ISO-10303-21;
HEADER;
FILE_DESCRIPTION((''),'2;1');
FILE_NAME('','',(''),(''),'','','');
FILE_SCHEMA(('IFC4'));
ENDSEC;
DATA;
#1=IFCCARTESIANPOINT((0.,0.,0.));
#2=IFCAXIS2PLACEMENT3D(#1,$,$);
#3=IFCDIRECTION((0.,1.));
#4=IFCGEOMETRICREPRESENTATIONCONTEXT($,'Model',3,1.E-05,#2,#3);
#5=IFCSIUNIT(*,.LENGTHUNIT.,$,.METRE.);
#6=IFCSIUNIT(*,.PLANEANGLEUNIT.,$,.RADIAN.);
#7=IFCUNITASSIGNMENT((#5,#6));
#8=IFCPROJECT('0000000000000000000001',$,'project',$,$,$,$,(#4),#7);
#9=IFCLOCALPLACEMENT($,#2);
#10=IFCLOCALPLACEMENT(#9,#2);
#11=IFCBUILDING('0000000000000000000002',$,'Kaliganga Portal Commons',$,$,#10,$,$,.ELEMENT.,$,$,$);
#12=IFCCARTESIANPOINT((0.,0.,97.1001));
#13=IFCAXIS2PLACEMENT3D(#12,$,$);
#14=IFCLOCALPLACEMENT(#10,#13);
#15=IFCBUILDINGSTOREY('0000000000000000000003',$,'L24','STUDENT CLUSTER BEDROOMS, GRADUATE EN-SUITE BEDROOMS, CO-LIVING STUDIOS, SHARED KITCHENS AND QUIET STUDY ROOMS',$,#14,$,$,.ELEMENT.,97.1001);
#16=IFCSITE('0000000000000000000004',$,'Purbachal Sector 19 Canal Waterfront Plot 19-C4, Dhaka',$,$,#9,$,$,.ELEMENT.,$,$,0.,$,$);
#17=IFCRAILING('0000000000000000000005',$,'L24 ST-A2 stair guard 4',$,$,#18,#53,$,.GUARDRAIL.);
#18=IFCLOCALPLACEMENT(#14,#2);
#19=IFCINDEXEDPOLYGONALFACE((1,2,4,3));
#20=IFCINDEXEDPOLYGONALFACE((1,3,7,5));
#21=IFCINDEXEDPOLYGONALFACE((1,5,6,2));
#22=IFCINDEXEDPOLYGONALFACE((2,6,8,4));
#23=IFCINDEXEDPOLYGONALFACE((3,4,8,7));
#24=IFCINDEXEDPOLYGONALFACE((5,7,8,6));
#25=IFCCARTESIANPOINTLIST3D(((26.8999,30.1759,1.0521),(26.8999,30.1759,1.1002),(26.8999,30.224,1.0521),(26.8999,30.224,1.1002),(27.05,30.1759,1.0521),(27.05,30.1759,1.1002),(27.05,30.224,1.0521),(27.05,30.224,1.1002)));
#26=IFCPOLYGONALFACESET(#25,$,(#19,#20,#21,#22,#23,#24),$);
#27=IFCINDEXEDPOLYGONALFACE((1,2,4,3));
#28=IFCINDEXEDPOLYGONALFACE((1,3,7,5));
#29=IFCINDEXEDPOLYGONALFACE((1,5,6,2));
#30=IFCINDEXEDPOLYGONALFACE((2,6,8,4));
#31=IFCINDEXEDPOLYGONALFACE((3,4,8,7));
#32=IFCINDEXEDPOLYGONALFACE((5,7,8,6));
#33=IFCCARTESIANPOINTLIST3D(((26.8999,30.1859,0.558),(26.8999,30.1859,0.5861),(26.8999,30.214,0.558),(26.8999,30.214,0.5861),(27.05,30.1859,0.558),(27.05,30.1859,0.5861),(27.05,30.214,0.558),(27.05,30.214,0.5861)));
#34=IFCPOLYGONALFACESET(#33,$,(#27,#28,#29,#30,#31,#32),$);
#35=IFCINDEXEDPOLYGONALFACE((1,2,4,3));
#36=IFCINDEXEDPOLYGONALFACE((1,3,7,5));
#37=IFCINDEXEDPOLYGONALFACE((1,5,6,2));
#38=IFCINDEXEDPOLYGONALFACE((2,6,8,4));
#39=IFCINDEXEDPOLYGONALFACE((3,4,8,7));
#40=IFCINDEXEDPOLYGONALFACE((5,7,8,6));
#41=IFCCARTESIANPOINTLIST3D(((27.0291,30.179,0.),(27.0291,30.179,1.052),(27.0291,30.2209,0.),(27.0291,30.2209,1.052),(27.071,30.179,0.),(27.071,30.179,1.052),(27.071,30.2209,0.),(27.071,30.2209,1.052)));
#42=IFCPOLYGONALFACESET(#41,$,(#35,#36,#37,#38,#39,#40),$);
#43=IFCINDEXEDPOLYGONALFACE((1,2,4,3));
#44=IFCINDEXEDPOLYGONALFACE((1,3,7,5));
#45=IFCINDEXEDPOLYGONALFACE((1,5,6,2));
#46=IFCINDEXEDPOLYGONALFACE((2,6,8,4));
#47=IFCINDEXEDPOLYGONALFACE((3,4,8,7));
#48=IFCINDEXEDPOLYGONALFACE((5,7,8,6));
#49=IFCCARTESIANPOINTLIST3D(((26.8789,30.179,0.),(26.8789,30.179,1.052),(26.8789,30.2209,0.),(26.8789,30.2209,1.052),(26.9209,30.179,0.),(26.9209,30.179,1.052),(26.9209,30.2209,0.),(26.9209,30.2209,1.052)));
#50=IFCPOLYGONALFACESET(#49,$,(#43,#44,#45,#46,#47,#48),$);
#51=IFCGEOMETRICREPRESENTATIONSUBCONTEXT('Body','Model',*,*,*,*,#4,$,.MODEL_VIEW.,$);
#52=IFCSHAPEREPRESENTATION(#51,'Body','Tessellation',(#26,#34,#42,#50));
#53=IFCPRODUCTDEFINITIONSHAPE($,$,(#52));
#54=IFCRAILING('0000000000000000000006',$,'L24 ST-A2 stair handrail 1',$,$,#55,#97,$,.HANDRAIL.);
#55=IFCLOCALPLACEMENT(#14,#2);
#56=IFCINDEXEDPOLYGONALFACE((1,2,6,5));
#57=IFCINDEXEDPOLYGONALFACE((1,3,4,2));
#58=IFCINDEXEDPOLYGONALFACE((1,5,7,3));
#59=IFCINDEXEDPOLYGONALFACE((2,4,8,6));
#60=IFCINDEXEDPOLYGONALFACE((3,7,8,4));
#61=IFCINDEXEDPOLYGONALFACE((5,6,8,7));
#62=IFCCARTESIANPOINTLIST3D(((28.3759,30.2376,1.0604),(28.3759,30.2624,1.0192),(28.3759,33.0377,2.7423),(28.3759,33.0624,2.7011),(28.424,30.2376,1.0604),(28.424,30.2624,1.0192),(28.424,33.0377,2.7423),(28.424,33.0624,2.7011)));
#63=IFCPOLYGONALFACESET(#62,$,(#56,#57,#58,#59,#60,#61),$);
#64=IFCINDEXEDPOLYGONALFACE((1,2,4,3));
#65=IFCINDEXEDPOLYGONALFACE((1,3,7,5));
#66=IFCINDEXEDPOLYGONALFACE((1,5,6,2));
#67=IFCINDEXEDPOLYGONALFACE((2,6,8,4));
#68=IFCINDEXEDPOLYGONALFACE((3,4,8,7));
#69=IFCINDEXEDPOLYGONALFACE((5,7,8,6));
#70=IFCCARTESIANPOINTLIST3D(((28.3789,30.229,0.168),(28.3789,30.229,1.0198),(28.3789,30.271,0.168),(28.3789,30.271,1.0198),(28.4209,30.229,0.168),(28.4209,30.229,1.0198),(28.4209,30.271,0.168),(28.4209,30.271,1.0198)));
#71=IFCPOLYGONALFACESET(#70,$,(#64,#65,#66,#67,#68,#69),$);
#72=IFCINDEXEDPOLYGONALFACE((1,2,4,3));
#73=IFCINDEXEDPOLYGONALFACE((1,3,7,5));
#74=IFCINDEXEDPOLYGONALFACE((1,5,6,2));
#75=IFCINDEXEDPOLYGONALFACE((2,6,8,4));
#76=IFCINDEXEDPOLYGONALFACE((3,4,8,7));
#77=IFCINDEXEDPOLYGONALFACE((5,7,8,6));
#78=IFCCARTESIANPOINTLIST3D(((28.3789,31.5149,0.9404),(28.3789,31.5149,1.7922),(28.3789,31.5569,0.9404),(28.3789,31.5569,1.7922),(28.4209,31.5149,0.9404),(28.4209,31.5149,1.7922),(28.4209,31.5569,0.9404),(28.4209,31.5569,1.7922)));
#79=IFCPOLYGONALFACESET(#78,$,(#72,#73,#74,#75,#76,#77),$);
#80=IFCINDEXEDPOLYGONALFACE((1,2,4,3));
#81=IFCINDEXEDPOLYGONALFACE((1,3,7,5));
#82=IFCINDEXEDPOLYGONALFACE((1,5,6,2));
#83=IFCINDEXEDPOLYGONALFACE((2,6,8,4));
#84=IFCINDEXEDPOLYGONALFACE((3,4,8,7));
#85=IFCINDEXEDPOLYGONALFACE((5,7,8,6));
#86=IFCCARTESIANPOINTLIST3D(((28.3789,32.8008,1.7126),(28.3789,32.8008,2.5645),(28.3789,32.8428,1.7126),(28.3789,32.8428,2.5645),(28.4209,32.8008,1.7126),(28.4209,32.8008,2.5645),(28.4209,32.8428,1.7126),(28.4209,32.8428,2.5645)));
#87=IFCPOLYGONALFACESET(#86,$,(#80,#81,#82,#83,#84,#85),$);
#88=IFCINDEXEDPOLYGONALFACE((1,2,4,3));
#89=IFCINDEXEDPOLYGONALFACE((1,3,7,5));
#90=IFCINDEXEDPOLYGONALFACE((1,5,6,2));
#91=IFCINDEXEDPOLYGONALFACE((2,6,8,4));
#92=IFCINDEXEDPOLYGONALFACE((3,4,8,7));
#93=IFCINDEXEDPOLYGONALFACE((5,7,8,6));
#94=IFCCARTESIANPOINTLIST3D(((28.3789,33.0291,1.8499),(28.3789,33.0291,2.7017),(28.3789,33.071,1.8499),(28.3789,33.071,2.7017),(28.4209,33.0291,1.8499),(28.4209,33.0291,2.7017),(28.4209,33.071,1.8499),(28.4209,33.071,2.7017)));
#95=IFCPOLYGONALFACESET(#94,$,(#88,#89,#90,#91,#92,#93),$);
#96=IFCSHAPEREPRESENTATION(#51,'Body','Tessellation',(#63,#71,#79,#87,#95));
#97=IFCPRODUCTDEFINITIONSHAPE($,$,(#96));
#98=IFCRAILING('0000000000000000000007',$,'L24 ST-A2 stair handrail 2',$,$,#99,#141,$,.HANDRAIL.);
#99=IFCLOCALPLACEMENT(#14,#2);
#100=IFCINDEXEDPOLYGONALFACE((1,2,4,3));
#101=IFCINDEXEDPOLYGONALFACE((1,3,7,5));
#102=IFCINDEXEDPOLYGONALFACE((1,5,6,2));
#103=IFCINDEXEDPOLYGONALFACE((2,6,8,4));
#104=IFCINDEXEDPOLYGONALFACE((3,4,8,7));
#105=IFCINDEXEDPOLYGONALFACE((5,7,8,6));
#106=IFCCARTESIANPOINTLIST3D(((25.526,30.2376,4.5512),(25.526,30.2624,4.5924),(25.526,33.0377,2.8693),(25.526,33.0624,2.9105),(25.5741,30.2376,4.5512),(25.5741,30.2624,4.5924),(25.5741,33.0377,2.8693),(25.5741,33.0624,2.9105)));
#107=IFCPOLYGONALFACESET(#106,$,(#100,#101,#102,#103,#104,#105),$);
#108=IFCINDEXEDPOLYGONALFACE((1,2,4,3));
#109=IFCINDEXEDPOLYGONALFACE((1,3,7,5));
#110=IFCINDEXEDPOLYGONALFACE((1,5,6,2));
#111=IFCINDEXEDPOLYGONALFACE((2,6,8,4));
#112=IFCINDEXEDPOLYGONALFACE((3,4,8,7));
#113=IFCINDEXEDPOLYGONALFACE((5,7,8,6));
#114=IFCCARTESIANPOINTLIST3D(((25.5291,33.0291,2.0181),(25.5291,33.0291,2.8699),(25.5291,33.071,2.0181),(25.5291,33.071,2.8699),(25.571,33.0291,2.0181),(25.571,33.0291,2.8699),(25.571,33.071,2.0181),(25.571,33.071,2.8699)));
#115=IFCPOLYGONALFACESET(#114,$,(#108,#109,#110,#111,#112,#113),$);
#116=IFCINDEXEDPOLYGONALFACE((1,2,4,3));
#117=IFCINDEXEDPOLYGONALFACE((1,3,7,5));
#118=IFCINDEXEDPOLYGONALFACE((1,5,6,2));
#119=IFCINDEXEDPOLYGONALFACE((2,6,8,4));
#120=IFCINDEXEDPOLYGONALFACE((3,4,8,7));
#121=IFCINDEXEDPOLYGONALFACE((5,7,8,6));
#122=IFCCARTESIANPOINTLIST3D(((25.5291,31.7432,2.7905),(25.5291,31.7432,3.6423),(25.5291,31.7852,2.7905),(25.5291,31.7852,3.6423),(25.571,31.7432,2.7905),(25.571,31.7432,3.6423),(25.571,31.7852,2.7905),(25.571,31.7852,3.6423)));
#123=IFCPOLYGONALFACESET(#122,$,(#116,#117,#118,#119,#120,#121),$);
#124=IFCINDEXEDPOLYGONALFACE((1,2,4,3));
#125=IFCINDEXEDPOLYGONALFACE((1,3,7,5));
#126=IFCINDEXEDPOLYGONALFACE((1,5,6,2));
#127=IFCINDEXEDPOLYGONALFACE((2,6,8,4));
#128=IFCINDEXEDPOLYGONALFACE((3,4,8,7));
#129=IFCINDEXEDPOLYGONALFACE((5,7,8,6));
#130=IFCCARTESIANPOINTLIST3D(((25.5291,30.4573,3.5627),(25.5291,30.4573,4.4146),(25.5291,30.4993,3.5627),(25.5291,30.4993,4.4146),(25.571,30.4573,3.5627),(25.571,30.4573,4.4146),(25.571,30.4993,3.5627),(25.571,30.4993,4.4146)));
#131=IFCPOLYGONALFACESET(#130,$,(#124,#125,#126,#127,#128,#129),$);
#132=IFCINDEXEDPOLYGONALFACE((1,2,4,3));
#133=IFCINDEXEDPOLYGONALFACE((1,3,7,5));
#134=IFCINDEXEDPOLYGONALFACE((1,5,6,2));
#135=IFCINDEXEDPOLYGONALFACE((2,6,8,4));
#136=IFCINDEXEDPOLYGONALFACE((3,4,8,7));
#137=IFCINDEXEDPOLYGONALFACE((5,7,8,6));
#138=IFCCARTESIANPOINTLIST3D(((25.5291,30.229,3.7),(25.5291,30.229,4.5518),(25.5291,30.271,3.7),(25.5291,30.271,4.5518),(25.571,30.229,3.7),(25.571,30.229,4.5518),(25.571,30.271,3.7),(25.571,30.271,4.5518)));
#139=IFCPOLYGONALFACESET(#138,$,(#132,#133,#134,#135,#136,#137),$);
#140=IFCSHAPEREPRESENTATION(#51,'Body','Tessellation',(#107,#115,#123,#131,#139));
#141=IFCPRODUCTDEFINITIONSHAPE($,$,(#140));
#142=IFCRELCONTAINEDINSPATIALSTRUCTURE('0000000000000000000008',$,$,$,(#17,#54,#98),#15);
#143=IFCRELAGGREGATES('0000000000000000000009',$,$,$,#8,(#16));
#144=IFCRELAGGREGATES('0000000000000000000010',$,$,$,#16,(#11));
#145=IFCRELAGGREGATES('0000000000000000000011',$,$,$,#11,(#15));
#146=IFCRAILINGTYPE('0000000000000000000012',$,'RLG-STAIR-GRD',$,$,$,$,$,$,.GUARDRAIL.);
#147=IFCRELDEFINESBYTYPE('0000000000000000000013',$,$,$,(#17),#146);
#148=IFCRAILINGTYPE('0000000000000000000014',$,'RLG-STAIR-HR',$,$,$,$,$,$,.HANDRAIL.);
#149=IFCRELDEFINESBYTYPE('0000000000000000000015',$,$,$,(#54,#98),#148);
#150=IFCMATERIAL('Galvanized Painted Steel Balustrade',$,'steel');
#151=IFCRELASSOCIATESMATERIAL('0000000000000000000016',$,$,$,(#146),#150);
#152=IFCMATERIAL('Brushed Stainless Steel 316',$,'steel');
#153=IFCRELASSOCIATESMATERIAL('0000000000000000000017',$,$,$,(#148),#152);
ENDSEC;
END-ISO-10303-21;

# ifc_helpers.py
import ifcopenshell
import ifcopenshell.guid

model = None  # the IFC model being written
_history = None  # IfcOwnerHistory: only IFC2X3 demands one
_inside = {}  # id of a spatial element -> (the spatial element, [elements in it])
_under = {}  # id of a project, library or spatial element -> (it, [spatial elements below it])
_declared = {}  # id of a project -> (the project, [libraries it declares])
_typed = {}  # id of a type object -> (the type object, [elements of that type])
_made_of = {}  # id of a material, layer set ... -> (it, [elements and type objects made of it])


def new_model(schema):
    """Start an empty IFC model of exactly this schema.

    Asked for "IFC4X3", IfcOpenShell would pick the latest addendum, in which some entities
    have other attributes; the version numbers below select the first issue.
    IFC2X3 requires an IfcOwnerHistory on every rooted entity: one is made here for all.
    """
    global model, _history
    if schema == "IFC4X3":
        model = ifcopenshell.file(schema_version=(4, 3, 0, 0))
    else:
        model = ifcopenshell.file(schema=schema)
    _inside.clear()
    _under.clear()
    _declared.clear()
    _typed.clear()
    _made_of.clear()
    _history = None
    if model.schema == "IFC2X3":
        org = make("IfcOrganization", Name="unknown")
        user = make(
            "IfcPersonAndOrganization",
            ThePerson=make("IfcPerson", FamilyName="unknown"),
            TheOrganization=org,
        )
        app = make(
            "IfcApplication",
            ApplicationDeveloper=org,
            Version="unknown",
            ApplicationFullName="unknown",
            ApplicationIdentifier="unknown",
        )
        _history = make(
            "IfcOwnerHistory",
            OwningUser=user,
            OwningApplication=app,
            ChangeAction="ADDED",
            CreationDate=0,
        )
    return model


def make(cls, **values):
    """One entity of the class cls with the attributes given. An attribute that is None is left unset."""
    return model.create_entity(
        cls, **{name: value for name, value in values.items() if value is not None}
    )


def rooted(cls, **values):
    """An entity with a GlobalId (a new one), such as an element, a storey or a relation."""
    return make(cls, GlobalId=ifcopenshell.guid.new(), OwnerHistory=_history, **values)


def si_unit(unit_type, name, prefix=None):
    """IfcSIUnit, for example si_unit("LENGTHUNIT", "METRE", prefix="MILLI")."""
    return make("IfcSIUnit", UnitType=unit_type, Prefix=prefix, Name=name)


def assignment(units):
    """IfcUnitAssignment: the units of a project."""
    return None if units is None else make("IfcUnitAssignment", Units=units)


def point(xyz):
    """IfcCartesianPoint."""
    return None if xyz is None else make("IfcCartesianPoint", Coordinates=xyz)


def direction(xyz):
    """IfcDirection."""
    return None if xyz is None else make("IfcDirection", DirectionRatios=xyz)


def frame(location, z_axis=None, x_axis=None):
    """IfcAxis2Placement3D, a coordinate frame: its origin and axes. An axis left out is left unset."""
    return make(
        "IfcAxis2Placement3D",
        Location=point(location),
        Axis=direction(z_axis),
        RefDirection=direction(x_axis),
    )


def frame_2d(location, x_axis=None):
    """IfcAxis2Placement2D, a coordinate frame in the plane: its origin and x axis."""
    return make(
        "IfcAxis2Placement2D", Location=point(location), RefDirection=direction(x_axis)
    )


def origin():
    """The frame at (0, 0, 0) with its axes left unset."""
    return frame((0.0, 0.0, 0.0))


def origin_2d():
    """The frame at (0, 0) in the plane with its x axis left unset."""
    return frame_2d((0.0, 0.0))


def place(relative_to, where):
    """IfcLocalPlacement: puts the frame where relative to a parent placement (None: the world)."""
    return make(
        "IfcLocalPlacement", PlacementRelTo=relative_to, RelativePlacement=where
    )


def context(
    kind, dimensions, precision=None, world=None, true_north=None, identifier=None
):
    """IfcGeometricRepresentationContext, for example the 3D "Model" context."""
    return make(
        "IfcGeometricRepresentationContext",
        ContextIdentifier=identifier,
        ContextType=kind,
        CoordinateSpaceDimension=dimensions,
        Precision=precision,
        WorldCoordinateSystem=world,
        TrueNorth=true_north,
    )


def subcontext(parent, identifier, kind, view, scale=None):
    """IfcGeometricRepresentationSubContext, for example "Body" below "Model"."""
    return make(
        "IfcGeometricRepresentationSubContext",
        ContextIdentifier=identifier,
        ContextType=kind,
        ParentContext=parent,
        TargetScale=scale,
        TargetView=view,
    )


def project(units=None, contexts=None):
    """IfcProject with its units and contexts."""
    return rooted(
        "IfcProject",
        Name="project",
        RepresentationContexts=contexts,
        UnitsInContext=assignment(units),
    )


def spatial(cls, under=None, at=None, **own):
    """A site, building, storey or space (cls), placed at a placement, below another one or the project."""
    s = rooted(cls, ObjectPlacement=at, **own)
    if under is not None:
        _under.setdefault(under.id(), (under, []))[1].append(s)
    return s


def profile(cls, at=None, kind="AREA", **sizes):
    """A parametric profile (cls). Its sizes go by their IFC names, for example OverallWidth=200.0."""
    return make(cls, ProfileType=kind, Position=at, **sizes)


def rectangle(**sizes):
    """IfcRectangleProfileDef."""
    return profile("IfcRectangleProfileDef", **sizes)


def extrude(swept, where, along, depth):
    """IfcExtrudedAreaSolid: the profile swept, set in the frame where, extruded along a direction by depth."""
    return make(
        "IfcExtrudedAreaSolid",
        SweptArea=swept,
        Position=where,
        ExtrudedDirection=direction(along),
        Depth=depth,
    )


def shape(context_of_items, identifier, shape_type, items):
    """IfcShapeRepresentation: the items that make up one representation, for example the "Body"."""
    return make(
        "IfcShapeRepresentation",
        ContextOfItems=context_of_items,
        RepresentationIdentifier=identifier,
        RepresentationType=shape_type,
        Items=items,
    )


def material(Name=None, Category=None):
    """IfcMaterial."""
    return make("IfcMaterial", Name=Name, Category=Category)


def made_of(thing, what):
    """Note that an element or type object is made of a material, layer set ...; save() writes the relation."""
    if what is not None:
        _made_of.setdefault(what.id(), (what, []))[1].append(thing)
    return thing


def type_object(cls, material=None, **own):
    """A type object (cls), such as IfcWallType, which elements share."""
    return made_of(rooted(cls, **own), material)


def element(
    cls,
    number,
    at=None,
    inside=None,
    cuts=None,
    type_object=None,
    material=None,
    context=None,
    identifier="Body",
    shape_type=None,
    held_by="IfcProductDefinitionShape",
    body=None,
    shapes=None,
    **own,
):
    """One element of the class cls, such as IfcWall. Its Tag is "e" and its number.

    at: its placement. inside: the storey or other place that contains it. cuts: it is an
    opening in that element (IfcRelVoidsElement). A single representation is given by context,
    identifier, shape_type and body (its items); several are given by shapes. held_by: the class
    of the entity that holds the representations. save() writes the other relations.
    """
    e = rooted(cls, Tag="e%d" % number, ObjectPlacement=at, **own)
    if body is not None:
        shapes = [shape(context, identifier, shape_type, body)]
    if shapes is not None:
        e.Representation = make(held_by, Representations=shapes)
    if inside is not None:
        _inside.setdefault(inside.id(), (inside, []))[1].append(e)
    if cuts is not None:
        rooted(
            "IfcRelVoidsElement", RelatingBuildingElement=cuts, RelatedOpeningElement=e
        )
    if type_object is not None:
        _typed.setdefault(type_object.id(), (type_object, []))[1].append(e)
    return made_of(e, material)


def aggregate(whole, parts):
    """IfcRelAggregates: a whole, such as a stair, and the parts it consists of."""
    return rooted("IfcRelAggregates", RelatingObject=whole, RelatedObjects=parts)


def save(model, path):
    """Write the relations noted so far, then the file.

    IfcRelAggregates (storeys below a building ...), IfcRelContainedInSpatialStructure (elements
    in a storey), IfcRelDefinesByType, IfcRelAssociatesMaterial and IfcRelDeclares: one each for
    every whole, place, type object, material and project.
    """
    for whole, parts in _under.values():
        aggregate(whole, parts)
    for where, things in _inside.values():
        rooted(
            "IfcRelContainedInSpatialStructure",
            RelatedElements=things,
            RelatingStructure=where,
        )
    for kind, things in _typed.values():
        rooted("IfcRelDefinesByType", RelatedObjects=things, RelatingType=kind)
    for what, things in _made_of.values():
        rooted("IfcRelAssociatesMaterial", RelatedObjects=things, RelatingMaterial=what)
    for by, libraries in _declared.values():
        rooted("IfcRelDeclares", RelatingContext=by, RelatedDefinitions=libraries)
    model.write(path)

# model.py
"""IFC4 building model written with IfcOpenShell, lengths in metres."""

from ifc_helpers import new_model, si_unit, direction, frame, origin, origin_2d, place, context, subcontext, project, spatial, rectangle, extrude, material, type_object, element, save


model = new_model("IFC4")

# Units and contexts
model_context = context("Model", 3, precision=1e-05, world=origin(), true_north=direction((0.0, 1.0)))
body_context = subcontext(model_context, "Body", "Model", "MODEL_VIEW")
ifc_project = project(units=[si_unit("LENGTHUNIT", "METRE"), si_unit("PLANEANGLEUNIT", "RADIAN")], contexts=[model_context])

# Site, building, storey
site_placement = place(None, origin())
site = spatial("IfcSite", under=ifc_project, at=site_placement, Name="Purbachal Sector 19 Canal Waterfront Plot 19-C4, Dhaka", CompositionType="ELEMENT", RefElevation=0.0)
building_placement = place(site_placement, origin())
building = spatial("IfcBuilding", under=site, at=building_placement, Name="Kaliganga Portal Commons", CompositionType="ELEMENT")
storey_placement = place(building_placement, frame((0.0, 0.0, 97.1001)))
storey = spatial("IfcBuildingStorey", under=building, at=storey_placement, Name="L24", Description="STUDENT CLUSTER BEDROOMS, GRADUATE EN-SUITE BEDROOMS, CO-LIVING STUDIOS, SHARED KITCHENS AND QUIET STUDY ROOMS", CompositionType="ELEMENT", Elevation=97.1001)

# Railings
ifc_material_1 = material(Name="Galvanized Painted Steel Balustrade", Category="steel")
railing_type_1 = type_object("IfcRailingType", Name="RLG-STAIR-GRD", PredefinedType="GUARDRAIL", material=ifc_material_1)
railing_1_placement = place(storey_placement, frame((27.05, 30.2, 0.0)))
element("IfcRailing", 1, at=railing_1_placement, inside=storey, type_object=railing_type_1, Name="L24 ST-A2 stair guard 4", PredefinedType="GUARDRAIL", context=body_context, shape_type="SweptSolid", body=[
    extrude(rectangle(XDim=0.0481, YDim=0.0481, at=origin_2d()), frame((0.0, 0.0, 1.0762), z_axis=(-1.0, 0.0, 0.0), x_axis=(0.0, -1.0, 0.0)), (0.0, 0.0, 1.0), 0.1501),
    extrude(rectangle(XDim=0.0281, YDim=0.0281, at=origin_2d()), frame((0.0, 0.0, 0.572), z_axis=(-1.0, 0.0, 0.0), x_axis=(0.0, -1.0, 0.0)), (0.0, 0.0, 1.0), 0.1501),
    extrude(rectangle(XDim=0.042, YDim=0.042, at=origin_2d()), origin(), (0.0, 0.0, 1.0), 1.052),
    extrude(rectangle(XDim=0.042, YDim=0.042, at=origin_2d()), frame((-0.1501, 0.0, 0.0)), (0.0, 0.0, 1.0), 1.052),
])
ifc_material_2 = material(Name="Brushed Stainless Steel 316", Category="steel")
railing_type_2 = type_object("IfcRailingType", Name="RLG-STAIR-HR", PredefinedType="HANDRAIL", material=ifc_material_2)
railing_2_placement = place(storey_placement, frame((28.3999, 30.25, 0.168)))
element("IfcRailing", 2, at=railing_2_placement, inside=storey, type_object=railing_type_2, Name="L24 ST-A2 stair handrail 1", PredefinedType="HANDRAIL", context=body_context, shape_type="SweptSolid", body=[
    extrude(rectangle(XDim=0.0481, YDim=0.0481, at=origin_2d()), frame((0.0, 0.0, 0.8718), z_axis=(0.0, 0.857242, 0.514913), x_axis=(-1.0, 0.0, 0.0)), (0.0, 0.0, 1.0), 3.2664),
    extrude(rectangle(XDim=0.042, YDim=0.042, at=origin_2d()), origin(), (0.0, 0.0, 1.0), 0.8518),
    extrude(rectangle(XDim=0.042, YDim=0.042, at=origin_2d()), frame((0.0, 1.2859, 0.7725)), (0.0, 0.0, 1.0), 0.8518),
    extrude(rectangle(XDim=0.042, YDim=0.042, at=origin_2d()), frame((0.0, 2.5718, 1.5447)), (0.0, 0.0, 1.0), 0.8518),
    extrude(rectangle(XDim=0.042, YDim=0.042, at=origin_2d()), frame((0.0, 2.8, 1.6819)), (0.0, 0.0, 1.0), 0.8518),
])
railing_3_placement = place(storey_placement, frame((25.55, 33.05, 2.0181)))
element("IfcRailing", 3, at=railing_3_placement, inside=storey, type_object=railing_type_2, Name="L24 ST-A2 stair handrail 2", PredefinedType="HANDRAIL", context=body_context, shape_type="SweptSolid", body=[
    extrude(rectangle(XDim=0.0481, YDim=0.0481, at=origin_2d()), frame((0.0, 0.0, 0.8718), z_axis=(0.0, -0.857242, 0.514913), x_axis=(1.0, 0.0, 0.0)), (0.0, 0.0, 1.0), 3.2664),
    extrude(rectangle(XDim=0.042, YDim=0.042, at=origin_2d()), origin(), (0.0, 0.0, 1.0), 0.8518),
    extrude(rectangle(XDim=0.042, YDim=0.042, at=origin_2d()), frame((0.0, -1.2859, 0.7725)), (0.0, 0.0, 1.0), 0.8518),
    extrude(rectangle(XDim=0.042, YDim=0.042, at=origin_2d()), frame((0.0, -2.5718, 1.5447)), (0.0, 0.0, 1.0), 0.8518),
    extrude(rectangle(XDim=0.042, YDim=0.042, at=origin_2d()), frame((0.0, -2.8, 1.6819)), (0.0, 0.0, 1.0), 0.8518),
])

save(model, "model.ifc")
